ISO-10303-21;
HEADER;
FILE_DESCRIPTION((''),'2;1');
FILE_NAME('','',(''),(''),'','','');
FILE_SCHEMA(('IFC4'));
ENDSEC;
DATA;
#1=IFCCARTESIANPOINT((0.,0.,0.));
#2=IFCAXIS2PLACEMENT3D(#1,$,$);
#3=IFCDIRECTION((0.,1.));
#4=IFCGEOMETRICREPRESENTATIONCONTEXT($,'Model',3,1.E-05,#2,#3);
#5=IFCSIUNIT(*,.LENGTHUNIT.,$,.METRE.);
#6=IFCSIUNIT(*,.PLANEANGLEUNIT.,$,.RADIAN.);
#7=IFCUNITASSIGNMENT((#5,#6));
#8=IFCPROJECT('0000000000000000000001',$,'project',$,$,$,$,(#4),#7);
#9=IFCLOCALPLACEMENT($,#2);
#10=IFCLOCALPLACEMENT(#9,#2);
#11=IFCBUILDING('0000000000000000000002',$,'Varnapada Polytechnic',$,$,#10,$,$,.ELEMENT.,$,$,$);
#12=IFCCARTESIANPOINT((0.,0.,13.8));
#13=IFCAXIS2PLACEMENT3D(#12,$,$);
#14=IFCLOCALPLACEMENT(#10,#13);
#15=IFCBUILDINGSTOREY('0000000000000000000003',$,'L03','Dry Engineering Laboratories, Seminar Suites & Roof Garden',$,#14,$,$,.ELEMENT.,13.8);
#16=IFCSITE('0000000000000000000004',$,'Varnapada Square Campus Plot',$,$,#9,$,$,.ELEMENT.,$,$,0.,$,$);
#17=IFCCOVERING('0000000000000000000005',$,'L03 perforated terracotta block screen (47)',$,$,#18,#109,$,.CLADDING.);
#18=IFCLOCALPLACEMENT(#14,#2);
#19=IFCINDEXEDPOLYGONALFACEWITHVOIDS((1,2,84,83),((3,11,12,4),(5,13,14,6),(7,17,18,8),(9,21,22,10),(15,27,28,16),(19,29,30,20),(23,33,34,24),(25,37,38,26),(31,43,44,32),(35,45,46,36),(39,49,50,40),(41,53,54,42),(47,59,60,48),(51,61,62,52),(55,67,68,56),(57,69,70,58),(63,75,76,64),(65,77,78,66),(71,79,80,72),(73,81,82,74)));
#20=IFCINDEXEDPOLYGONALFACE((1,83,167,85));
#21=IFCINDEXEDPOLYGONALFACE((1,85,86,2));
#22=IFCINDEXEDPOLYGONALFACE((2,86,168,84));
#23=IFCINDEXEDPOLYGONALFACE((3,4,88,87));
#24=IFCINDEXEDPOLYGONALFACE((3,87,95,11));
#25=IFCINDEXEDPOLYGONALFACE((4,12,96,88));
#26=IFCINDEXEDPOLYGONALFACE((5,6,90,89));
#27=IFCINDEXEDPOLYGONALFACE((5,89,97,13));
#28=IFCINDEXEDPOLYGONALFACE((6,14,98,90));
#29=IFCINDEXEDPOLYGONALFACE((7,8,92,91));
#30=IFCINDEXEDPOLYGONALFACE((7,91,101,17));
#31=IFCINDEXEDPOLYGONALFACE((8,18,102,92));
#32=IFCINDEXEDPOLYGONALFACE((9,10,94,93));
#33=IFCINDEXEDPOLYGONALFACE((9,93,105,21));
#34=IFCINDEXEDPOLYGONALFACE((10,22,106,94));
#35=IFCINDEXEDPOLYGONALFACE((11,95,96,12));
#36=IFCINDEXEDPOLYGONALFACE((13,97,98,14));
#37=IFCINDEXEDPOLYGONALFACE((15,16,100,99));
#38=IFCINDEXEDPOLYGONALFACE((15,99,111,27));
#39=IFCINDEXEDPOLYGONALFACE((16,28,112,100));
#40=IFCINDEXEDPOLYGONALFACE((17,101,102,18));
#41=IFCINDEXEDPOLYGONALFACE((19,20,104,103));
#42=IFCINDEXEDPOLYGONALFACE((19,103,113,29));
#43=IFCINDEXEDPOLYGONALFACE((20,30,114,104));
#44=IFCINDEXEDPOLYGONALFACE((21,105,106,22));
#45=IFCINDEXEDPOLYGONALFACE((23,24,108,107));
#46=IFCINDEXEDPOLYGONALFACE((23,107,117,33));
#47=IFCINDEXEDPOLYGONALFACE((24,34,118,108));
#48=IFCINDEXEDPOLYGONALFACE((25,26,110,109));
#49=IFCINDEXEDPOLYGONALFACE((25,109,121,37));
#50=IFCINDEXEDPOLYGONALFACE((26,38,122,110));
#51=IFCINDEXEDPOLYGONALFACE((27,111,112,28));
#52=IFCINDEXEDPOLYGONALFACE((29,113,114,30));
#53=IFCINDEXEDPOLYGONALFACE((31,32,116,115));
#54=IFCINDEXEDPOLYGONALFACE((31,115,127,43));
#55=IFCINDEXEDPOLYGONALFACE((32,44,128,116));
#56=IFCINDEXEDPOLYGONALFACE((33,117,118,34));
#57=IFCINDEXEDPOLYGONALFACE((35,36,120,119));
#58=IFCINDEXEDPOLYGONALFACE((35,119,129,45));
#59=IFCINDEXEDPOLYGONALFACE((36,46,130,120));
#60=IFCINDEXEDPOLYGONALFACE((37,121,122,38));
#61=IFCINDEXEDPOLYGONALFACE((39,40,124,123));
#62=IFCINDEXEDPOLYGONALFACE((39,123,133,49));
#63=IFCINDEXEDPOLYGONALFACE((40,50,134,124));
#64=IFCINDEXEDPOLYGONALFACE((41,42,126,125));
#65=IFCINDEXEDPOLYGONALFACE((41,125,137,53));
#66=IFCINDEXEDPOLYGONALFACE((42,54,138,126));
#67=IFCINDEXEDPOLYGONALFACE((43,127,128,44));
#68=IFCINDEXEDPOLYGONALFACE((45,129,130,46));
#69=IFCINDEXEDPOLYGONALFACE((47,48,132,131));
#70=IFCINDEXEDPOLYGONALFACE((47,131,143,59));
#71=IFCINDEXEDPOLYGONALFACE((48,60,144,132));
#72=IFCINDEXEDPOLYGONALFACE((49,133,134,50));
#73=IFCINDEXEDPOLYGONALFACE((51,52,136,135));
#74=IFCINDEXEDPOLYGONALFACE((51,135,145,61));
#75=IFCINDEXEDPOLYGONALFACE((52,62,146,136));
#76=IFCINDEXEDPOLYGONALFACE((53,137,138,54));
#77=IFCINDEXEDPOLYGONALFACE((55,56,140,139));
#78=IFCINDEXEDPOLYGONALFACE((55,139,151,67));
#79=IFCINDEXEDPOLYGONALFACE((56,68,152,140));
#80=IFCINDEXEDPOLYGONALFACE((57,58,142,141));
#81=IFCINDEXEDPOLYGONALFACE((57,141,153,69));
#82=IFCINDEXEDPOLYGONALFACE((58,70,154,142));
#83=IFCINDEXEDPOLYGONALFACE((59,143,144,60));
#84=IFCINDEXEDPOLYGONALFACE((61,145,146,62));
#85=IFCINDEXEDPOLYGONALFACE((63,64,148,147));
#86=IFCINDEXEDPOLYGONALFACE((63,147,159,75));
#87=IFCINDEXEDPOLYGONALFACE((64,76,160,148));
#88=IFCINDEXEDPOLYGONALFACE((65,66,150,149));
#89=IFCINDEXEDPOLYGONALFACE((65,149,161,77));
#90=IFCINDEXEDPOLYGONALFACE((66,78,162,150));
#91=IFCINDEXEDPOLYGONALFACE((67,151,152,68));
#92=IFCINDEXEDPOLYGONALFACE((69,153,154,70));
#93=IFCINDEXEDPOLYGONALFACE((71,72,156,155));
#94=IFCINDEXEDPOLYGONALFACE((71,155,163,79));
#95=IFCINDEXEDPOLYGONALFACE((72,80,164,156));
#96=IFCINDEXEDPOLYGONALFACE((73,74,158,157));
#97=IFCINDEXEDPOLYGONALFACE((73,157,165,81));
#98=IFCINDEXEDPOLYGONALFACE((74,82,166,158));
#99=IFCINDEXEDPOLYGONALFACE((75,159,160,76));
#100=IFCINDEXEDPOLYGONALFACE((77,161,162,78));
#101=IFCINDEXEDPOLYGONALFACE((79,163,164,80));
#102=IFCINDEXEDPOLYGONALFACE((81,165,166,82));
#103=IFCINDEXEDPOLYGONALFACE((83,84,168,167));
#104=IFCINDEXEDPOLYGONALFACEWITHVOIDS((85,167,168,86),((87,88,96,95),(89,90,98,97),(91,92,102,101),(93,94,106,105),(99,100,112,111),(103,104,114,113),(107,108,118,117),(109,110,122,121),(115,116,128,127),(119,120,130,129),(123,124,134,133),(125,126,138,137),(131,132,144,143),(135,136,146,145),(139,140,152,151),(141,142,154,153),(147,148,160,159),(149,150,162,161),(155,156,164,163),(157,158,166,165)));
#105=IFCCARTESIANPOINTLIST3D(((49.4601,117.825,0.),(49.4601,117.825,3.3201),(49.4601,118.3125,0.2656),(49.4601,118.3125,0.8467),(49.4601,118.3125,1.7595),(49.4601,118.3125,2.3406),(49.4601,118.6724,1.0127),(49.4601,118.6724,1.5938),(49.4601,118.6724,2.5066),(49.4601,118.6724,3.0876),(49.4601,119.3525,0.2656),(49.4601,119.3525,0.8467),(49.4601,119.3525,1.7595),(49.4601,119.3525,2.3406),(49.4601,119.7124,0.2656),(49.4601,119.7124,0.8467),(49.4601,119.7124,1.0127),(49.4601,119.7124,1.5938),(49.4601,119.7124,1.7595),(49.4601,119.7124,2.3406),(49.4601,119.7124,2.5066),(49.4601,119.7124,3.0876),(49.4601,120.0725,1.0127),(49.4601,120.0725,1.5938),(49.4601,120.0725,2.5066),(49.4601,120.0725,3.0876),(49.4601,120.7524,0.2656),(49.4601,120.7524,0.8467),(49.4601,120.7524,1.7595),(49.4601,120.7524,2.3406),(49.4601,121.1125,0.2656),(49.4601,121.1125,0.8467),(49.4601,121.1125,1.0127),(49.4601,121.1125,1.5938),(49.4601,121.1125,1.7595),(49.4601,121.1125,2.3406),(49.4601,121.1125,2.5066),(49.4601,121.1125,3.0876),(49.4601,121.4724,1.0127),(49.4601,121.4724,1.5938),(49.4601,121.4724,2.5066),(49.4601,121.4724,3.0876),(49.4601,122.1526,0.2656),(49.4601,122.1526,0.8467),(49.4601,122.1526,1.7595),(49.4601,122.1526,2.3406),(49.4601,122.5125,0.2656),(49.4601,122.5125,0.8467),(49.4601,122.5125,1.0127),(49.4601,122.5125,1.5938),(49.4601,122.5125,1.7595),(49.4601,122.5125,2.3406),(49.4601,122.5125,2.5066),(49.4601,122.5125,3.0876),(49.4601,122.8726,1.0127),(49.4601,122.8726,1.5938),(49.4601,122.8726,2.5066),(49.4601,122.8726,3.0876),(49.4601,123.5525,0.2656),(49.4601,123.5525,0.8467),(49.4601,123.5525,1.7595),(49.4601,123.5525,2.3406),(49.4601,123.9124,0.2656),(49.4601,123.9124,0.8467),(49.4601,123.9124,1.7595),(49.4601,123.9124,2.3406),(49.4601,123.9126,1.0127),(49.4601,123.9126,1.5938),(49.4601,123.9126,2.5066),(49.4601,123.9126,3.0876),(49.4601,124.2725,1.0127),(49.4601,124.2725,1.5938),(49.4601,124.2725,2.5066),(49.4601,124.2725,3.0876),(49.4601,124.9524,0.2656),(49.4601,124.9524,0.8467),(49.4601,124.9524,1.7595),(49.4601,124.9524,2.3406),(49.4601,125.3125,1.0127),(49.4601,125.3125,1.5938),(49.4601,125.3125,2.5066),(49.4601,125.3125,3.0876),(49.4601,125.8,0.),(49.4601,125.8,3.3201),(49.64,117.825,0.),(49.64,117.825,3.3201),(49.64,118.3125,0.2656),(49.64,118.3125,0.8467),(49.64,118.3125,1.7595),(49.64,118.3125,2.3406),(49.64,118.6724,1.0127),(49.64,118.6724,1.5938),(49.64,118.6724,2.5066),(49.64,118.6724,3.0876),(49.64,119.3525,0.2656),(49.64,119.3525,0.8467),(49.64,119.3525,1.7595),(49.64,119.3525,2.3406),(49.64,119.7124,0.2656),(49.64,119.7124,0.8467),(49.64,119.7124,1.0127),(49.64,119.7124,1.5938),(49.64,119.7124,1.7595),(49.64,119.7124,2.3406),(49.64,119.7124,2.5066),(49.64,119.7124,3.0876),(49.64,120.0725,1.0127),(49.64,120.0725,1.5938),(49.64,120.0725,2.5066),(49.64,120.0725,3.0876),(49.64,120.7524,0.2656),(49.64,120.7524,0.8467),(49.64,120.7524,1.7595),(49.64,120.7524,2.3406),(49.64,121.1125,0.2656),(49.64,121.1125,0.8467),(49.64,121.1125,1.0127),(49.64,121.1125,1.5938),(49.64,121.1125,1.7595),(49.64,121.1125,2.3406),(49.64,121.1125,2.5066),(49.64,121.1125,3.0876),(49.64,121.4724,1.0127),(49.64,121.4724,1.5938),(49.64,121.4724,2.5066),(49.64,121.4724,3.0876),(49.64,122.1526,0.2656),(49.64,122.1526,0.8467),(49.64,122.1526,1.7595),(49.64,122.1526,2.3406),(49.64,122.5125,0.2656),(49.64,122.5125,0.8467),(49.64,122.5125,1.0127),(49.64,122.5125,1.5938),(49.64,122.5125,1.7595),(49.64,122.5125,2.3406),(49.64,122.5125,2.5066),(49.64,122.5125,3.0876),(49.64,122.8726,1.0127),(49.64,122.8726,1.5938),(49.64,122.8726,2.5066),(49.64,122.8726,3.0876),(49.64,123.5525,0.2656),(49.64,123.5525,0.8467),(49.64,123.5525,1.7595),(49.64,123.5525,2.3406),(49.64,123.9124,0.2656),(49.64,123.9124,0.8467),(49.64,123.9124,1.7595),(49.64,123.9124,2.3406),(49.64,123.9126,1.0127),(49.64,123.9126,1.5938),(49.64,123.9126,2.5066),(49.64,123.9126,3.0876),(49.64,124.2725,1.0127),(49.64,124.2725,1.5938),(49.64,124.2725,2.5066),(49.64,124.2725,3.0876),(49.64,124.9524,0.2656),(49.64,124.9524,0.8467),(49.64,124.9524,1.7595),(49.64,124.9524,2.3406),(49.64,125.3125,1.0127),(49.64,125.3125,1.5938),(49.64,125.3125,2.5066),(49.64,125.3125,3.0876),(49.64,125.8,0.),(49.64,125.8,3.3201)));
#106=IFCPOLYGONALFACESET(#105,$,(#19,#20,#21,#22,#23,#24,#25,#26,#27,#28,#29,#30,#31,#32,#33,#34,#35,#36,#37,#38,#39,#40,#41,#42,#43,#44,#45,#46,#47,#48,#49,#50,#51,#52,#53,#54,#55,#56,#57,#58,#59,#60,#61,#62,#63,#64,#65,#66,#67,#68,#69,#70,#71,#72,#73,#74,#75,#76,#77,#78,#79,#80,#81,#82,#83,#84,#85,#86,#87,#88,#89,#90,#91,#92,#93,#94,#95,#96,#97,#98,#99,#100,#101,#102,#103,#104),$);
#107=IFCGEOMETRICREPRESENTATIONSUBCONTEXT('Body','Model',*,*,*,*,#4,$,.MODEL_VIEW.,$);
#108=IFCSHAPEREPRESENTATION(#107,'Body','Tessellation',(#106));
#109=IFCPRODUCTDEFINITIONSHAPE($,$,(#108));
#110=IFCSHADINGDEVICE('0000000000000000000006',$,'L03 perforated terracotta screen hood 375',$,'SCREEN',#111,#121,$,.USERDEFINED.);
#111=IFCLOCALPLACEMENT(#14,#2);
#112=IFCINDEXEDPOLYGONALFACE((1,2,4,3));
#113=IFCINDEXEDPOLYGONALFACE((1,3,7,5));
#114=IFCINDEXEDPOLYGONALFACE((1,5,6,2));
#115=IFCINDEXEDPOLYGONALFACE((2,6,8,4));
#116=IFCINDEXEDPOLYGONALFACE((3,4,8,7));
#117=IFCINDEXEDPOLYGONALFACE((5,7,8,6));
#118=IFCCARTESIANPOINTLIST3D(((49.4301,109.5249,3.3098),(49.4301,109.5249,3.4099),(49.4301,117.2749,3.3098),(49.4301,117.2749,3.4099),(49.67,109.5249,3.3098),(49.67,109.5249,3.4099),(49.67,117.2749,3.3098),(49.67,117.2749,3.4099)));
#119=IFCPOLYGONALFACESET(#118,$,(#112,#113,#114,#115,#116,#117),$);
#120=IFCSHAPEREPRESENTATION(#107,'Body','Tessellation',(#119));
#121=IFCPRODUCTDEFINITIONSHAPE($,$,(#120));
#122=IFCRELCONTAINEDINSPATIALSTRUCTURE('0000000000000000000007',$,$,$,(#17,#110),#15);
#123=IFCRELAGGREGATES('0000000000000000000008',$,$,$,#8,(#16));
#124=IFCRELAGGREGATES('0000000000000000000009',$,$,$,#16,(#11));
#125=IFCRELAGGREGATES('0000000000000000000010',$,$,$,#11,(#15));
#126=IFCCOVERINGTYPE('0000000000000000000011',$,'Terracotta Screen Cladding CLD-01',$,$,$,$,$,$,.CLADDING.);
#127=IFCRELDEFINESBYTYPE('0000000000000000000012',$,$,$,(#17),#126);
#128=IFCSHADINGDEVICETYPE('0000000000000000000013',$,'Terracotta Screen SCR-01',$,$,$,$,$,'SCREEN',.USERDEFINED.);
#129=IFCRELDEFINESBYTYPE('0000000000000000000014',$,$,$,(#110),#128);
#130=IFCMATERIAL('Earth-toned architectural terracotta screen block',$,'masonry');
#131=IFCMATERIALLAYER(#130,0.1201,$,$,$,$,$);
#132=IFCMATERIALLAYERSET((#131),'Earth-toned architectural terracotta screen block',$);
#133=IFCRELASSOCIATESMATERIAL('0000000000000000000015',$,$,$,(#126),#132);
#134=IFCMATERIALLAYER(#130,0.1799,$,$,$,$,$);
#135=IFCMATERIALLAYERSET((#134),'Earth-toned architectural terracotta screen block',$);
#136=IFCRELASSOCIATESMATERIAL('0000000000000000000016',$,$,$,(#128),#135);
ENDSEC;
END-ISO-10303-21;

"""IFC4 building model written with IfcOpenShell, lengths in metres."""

from ifc_helpers import new_model, si_unit, direction, frame, frame_2d, origin, origin_2d, place, context, subcontext, project, spatial, rectangle, extrude, material, layer, layer_set, type_object, element, save


model = new_model("IFC4")

# Units and contexts
model_context = context("Model", 3, precision=1e-05, world=origin(), true_north=direction((0.0, 1.0)))
body_context = subcontext(model_context, "Body", "Model", "MODEL_VIEW")
ifc_project = project(units=[si_unit("LENGTHUNIT", "METRE"), si_unit("PLANEANGLEUNIT", "RADIAN")], contexts=[model_context])

# Site, building, storey
site_placement = place(None, origin())
site = spatial("IfcSite", under=ifc_project, at=site_placement, Name="Varnapada Square Campus Plot", CompositionType="ELEMENT", RefElevation=0.0)
building_placement = place(site_placement, origin())
building = spatial("IfcBuilding", under=site, at=building_placement, Name="Varnapada Polytechnic", CompositionType="ELEMENT")
storey_placement = place(building_placement, frame((0.0, 0.0, 13.8)))
storey = spatial("IfcBuildingStorey", under=building, at=storey_placement, Name="L03", Description="Dry Engineering Laboratories, Seminar Suites & Roof Garden", CompositionType="ELEMENT", Elevation=13.8)

# Covering, openings
ifc_material = material(Name="Earth-toned architectural terracotta screen block", Category="masonry")
ifc_layer_1 = layer(ifc_material, 0.1201)
ifc_layer_set_1 = layer_set([ifc_layer_1], Name="Earth-toned architectural terracotta screen block")
covering_type = type_object("IfcCoveringType", Name="Terracotta Screen Cladding CLD-01", PredefinedType="CLADDING", material=ifc_layer_set_1)
covering_placement = place(storey_placement, frame((49.55, 117.825, 0.0), z_axis=(0.0, 0.0, 1.0), x_axis=(0.0, 1.0, 0.0)))
covering = element("IfcCovering", 1, at=covering_placement, inside=storey, type_object=covering_type, Name="L03 perforated terracotta block screen (47)", PredefinedType="CLADDING", context=body_context, shape_type="SweptSolid", body=[
    extrude(rectangle(XDim=7.9751, YDim=0.1799, at=frame_2d((3.9875, 0.0))), origin(), (0.0, 0.0, 1.0), 3.3201),
])
opening_1_placement = place(covering_placement, frame((0.4875, 0.0, 0.2656)))
element("IfcOpeningElement", 2, at=opening_1_placement, cuts=covering, PredefinedType="OPENING", context=body_context, shape_type="SweptSolid", body=[
    extrude(rectangle(XDim=1.04, YDim=0.5811, at=frame_2d((0.52, 0.2905))), frame((0.0, 0.0999, 0.0), z_axis=(0.0, -1.0, 0.0), x_axis=(1.0, 0.0, 0.0)), (0.0, 0.0, 1.0), 0.2),
])
opening_2_placement = place(covering_placement, frame((1.8875, 0.0, 0.2656)))
element("IfcOpeningElement", 3, at=opening_2_placement, cuts=covering, PredefinedType="OPENING", context=body_context, shape_type="SweptSolid", body=[
    extrude(rectangle(XDim=1.04, YDim=0.5811, at=frame_2d((0.52, 0.2905))), frame((0.0, 0.0999, 0.0), z_axis=(0.0, -1.0, 0.0), x_axis=(1.0, 0.0, 0.0)), (0.0, 0.0, 1.0), 0.2),
])
opening_3_placement = place(covering_placement, frame((3.2876, 0.0, 0.2656)))
element("IfcOpeningElement", 4, at=opening_3_placement, cuts=covering, PredefinedType="OPENING", context=body_context, shape_type="SweptSolid", body=[
    extrude(rectangle(XDim=1.04, YDim=0.5811, at=frame_2d((0.52, 0.2905))), frame((0.0, 0.0999, 0.0), z_axis=(0.0, -1.0, 0.0), x_axis=(1.0, 0.0, 0.0)), (0.0, 0.0, 1.0), 0.2),
])
opening_4_placement = place(covering_placement, frame((4.6875, 0.0, 0.2656)))
element("IfcOpeningElement", 5, at=opening_4_placement, cuts=covering, PredefinedType="OPENING", context=body_context, shape_type="SweptSolid", body=[
    extrude(rectangle(XDim=1.04, YDim=0.5811, at=frame_2d((0.52, 0.2905))), frame((0.0, 0.0999, 0.0), z_axis=(0.0, -1.0, 0.0), x_axis=(1.0, 0.0, 0.0)), (0.0, 0.0, 1.0), 0.2),
])
opening_5_placement = place(covering_placement, frame((6.0874, 0.0, 0.2656)))
element("IfcOpeningElement", 6, at=opening_5_placement, cuts=covering, PredefinedType="OPENING", context=body_context, shape_type="SweptSolid", body=[
    extrude(rectangle(XDim=1.04, YDim=0.5811, at=frame_2d((0.52, 0.2905))), frame((0.0, 0.0999, 0.0), z_axis=(0.0, -1.0, 0.0), x_axis=(1.0, 0.0, 0.0)), (0.0, 0.0, 1.0), 0.2),
])
opening_6_placement = place(covering_placement, frame((0.8474, 0.0, 1.0127)))
element("IfcOpeningElement", 7, at=opening_6_placement, cuts=covering, PredefinedType="OPENING", context=body_context, shape_type="SweptSolid", body=[
    extrude(rectangle(XDim=1.04, YDim=0.5811, at=frame_2d((0.52, 0.2905))), frame((0.0, 0.0999, 0.0), z_axis=(0.0, -1.0, 0.0), x_axis=(1.0, 0.0, 0.0)), (0.0, 0.0, 1.0), 0.2),
])
opening_7_placement = place(covering_placement, frame((2.2476, 0.0, 1.0127)))
element("IfcOpeningElement", 8, at=opening_7_placement, cuts=covering, PredefinedType="OPENING", context=body_context, shape_type="SweptSolid", body=[
    extrude(rectangle(XDim=1.04, YDim=0.5811, at=frame_2d((0.52, 0.2905))), frame((0.0, 0.0999, 0.0), z_axis=(0.0, -1.0, 0.0), x_axis=(1.0, 0.0, 0.0)), (0.0, 0.0, 1.0), 0.2),
])
opening_8_placement = place(covering_placement, frame((3.6475, 0.0, 1.0127)))
element("IfcOpeningElement", 9, at=opening_8_placement, cuts=covering, PredefinedType="OPENING", context=body_context, shape_type="SweptSolid", body=[
    extrude(rectangle(XDim=1.04, YDim=0.5811, at=frame_2d((0.52, 0.2905))), frame((0.0, 0.0999, 0.0), z_axis=(0.0, -1.0, 0.0), x_axis=(1.0, 0.0, 0.0)), (0.0, 0.0, 1.0), 0.2),
])
opening_9_placement = place(covering_placement, frame((5.0476, 0.0, 1.0127)))
element("IfcOpeningElement", 10, at=opening_9_placement, cuts=covering, PredefinedType="OPENING", context=body_context, shape_type="SweptSolid", body=[
    extrude(rectangle(XDim=1.04, YDim=0.5811, at=frame_2d((0.52, 0.2905))), frame((0.0, 0.0999, 0.0), z_axis=(0.0, -1.0, 0.0), x_axis=(1.0, 0.0, 0.0)), (0.0, 0.0, 1.0), 0.2),
])
opening_10_placement = place(covering_placement, frame((6.4475, 0.0, 1.0127)))
element("IfcOpeningElement", 11, at=opening_10_placement, cuts=covering, PredefinedType="OPENING", context=body_context, shape_type="SweptSolid", body=[
    extrude(rectangle(XDim=1.04, YDim=0.5811, at=frame_2d((0.52, 0.2905))), frame((0.0, 0.0999, 0.0), z_axis=(0.0, -1.0, 0.0), x_axis=(1.0, 0.0, 0.0)), (0.0, 0.0, 1.0), 0.2),
])
opening_11_placement = place(covering_placement, frame((0.4875, 0.0, 1.7595)))
element("IfcOpeningElement", 12, at=opening_11_placement, cuts=covering, PredefinedType="OPENING", context=body_context, shape_type="SweptSolid", body=[
    extrude(rectangle(XDim=1.04, YDim=0.5811, at=frame_2d((0.52, 0.2905))), frame((0.0, 0.0999, 0.0), z_axis=(0.0, -1.0, 0.0), x_axis=(1.0, 0.0, 0.0)), (0.0, 0.0, 1.0), 0.2),
])
opening_12_placement = place(covering_placement, frame((1.8875, 0.0, 1.7595)))
element("IfcOpeningElement", 13, at=opening_12_placement, cuts=covering, PredefinedType="OPENING", context=body_context, shape_type="SweptSolid", body=[
    extrude(rectangle(XDim=1.04, YDim=0.5811, at=frame_2d((0.52, 0.2905))), frame((0.0, 0.0999, 0.0), z_axis=(0.0, -1.0, 0.0), x_axis=(1.0, 0.0, 0.0)), (0.0, 0.0, 1.0), 0.2),
])
opening_13_placement = place(covering_placement, frame((3.2876, 0.0, 1.7595)))
element("IfcOpeningElement", 14, at=opening_13_placement, cuts=covering, PredefinedType="OPENING", context=body_context, shape_type="SweptSolid", body=[
    extrude(rectangle(XDim=1.04, YDim=0.5811, at=frame_2d((0.52, 0.2905))), frame((0.0, 0.0999, 0.0), z_axis=(0.0, -1.0, 0.0), x_axis=(1.0, 0.0, 0.0)), (0.0, 0.0, 1.0), 0.2),
])
opening_14_placement = place(covering_placement, frame((4.6875, 0.0, 1.7595)))
element("IfcOpeningElement", 15, at=opening_14_placement, cuts=covering, PredefinedType="OPENING", context=body_context, shape_type="SweptSolid", body=[
    extrude(rectangle(XDim=1.04, YDim=0.5811, at=frame_2d((0.52, 0.2905))), frame((0.0, 0.0999, 0.0), z_axis=(0.0, -1.0, 0.0), x_axis=(1.0, 0.0, 0.0)), (0.0, 0.0, 1.0), 0.2),
])
opening_15_placement = place(covering_placement, frame((6.0874, 0.0, 1.7595)))
element("IfcOpeningElement", 16, at=opening_15_placement, cuts=covering, PredefinedType="OPENING", context=body_context, shape_type="SweptSolid", body=[
    extrude(rectangle(XDim=1.04, YDim=0.5811, at=frame_2d((0.52, 0.2905))), frame((0.0, 0.0999, 0.0), z_axis=(0.0, -1.0, 0.0), x_axis=(1.0, 0.0, 0.0)), (0.0, 0.0, 1.0), 0.2),
])
opening_16_placement = place(covering_placement, frame((0.8474, 0.0, 2.5066)))
element("IfcOpeningElement", 17, at=opening_16_placement, cuts=covering, PredefinedType="OPENING", context=body_context, shape_type="SweptSolid", body=[
    extrude(rectangle(XDim=1.04, YDim=0.5811, at=frame_2d((0.52, 0.2905))), frame((0.0, 0.0999, 0.0), z_axis=(0.0, -1.0, 0.0), x_axis=(1.0, 0.0, 0.0)), (0.0, 0.0, 1.0), 0.2),
])
opening_17_placement = place(covering_placement, frame((2.2476, 0.0, 2.5066)))
element("IfcOpeningElement", 18, at=opening_17_placement, cuts=covering, PredefinedType="OPENING", context=body_context, shape_type="SweptSolid", body=[
    extrude(rectangle(XDim=1.04, YDim=0.5811, at=frame_2d((0.52, 0.2905))), frame((0.0, 0.0999, 0.0), z_axis=(0.0, -1.0, 0.0), x_axis=(1.0, 0.0, 0.0)), (0.0, 0.0, 1.0), 0.2),
])
opening_18_placement = place(covering_placement, frame((3.6475, 0.0, 2.5066)))
element("IfcOpeningElement", 19, at=opening_18_placement, cuts=covering, PredefinedType="OPENING", context=body_context, shape_type="SweptSolid", body=[
    extrude(rectangle(XDim=1.04, YDim=0.5811, at=frame_2d((0.52, 0.2905))), frame((0.0, 0.0999, 0.0), z_axis=(0.0, -1.0, 0.0), x_axis=(1.0, 0.0, 0.0)), (0.0, 0.0, 1.0), 0.2),
])
opening_19_placement = place(covering_placement, frame((5.0476, 0.0, 2.5066)))
element("IfcOpeningElement", 20, at=opening_19_placement, cuts=covering, PredefinedType="OPENING", context=body_context, shape_type="SweptSolid", body=[
    extrude(rectangle(XDim=1.04, YDim=0.5811, at=frame_2d((0.52, 0.2905))), frame((0.0, 0.0999, 0.0), z_axis=(0.0, -1.0, 0.0), x_axis=(1.0, 0.0, 0.0)), (0.0, 0.0, 1.0), 0.2),
])
opening_20_placement = place(covering_placement, frame((6.4475, 0.0, 2.5066)))
element("IfcOpeningElement", 21, at=opening_20_placement, cuts=covering, PredefinedType="OPENING", context=body_context, shape_type="SweptSolid", body=[
    extrude(rectangle(XDim=1.04, YDim=0.5811, at=frame_2d((0.52, 0.2905))), frame((0.0, 0.0999, 0.0), z_axis=(0.0, -1.0, 0.0), x_axis=(1.0, 0.0, 0.0)), (0.0, 0.0, 1.0), 0.2),
])

# Shading device
ifc_layer_2 = layer(ifc_material, 0.1799)
ifc_layer_set_2 = layer_set([ifc_layer_2], Name="Earth-toned architectural terracotta screen block")
shading_device_type = type_object("IfcShadingDeviceType", Name="Terracotta Screen SCR-01", ElementType="SCREEN", PredefinedType="USERDEFINED", material=ifc_layer_set_2)
shading_device_placement = place(storey_placement, frame((49.55, 113.3999, 3.3098), z_axis=(0.0, 0.0, 1.0), x_axis=(0.0, 1.0, 0.0)))
element("IfcShadingDevice", 22, at=shading_device_placement, inside=storey, type_object=shading_device_type, Name="L03 perforated terracotta screen hood 375", ObjectType="SCREEN", PredefinedType="USERDEFINED", context=body_context, shape_type="SweptSolid", body=[
    extrude(rectangle(XDim=7.75, YDim=0.24, at=origin_2d()), origin(), (0.0, 0.0, 1.0), 0.1001),
])

save(model, "model.ifc")
